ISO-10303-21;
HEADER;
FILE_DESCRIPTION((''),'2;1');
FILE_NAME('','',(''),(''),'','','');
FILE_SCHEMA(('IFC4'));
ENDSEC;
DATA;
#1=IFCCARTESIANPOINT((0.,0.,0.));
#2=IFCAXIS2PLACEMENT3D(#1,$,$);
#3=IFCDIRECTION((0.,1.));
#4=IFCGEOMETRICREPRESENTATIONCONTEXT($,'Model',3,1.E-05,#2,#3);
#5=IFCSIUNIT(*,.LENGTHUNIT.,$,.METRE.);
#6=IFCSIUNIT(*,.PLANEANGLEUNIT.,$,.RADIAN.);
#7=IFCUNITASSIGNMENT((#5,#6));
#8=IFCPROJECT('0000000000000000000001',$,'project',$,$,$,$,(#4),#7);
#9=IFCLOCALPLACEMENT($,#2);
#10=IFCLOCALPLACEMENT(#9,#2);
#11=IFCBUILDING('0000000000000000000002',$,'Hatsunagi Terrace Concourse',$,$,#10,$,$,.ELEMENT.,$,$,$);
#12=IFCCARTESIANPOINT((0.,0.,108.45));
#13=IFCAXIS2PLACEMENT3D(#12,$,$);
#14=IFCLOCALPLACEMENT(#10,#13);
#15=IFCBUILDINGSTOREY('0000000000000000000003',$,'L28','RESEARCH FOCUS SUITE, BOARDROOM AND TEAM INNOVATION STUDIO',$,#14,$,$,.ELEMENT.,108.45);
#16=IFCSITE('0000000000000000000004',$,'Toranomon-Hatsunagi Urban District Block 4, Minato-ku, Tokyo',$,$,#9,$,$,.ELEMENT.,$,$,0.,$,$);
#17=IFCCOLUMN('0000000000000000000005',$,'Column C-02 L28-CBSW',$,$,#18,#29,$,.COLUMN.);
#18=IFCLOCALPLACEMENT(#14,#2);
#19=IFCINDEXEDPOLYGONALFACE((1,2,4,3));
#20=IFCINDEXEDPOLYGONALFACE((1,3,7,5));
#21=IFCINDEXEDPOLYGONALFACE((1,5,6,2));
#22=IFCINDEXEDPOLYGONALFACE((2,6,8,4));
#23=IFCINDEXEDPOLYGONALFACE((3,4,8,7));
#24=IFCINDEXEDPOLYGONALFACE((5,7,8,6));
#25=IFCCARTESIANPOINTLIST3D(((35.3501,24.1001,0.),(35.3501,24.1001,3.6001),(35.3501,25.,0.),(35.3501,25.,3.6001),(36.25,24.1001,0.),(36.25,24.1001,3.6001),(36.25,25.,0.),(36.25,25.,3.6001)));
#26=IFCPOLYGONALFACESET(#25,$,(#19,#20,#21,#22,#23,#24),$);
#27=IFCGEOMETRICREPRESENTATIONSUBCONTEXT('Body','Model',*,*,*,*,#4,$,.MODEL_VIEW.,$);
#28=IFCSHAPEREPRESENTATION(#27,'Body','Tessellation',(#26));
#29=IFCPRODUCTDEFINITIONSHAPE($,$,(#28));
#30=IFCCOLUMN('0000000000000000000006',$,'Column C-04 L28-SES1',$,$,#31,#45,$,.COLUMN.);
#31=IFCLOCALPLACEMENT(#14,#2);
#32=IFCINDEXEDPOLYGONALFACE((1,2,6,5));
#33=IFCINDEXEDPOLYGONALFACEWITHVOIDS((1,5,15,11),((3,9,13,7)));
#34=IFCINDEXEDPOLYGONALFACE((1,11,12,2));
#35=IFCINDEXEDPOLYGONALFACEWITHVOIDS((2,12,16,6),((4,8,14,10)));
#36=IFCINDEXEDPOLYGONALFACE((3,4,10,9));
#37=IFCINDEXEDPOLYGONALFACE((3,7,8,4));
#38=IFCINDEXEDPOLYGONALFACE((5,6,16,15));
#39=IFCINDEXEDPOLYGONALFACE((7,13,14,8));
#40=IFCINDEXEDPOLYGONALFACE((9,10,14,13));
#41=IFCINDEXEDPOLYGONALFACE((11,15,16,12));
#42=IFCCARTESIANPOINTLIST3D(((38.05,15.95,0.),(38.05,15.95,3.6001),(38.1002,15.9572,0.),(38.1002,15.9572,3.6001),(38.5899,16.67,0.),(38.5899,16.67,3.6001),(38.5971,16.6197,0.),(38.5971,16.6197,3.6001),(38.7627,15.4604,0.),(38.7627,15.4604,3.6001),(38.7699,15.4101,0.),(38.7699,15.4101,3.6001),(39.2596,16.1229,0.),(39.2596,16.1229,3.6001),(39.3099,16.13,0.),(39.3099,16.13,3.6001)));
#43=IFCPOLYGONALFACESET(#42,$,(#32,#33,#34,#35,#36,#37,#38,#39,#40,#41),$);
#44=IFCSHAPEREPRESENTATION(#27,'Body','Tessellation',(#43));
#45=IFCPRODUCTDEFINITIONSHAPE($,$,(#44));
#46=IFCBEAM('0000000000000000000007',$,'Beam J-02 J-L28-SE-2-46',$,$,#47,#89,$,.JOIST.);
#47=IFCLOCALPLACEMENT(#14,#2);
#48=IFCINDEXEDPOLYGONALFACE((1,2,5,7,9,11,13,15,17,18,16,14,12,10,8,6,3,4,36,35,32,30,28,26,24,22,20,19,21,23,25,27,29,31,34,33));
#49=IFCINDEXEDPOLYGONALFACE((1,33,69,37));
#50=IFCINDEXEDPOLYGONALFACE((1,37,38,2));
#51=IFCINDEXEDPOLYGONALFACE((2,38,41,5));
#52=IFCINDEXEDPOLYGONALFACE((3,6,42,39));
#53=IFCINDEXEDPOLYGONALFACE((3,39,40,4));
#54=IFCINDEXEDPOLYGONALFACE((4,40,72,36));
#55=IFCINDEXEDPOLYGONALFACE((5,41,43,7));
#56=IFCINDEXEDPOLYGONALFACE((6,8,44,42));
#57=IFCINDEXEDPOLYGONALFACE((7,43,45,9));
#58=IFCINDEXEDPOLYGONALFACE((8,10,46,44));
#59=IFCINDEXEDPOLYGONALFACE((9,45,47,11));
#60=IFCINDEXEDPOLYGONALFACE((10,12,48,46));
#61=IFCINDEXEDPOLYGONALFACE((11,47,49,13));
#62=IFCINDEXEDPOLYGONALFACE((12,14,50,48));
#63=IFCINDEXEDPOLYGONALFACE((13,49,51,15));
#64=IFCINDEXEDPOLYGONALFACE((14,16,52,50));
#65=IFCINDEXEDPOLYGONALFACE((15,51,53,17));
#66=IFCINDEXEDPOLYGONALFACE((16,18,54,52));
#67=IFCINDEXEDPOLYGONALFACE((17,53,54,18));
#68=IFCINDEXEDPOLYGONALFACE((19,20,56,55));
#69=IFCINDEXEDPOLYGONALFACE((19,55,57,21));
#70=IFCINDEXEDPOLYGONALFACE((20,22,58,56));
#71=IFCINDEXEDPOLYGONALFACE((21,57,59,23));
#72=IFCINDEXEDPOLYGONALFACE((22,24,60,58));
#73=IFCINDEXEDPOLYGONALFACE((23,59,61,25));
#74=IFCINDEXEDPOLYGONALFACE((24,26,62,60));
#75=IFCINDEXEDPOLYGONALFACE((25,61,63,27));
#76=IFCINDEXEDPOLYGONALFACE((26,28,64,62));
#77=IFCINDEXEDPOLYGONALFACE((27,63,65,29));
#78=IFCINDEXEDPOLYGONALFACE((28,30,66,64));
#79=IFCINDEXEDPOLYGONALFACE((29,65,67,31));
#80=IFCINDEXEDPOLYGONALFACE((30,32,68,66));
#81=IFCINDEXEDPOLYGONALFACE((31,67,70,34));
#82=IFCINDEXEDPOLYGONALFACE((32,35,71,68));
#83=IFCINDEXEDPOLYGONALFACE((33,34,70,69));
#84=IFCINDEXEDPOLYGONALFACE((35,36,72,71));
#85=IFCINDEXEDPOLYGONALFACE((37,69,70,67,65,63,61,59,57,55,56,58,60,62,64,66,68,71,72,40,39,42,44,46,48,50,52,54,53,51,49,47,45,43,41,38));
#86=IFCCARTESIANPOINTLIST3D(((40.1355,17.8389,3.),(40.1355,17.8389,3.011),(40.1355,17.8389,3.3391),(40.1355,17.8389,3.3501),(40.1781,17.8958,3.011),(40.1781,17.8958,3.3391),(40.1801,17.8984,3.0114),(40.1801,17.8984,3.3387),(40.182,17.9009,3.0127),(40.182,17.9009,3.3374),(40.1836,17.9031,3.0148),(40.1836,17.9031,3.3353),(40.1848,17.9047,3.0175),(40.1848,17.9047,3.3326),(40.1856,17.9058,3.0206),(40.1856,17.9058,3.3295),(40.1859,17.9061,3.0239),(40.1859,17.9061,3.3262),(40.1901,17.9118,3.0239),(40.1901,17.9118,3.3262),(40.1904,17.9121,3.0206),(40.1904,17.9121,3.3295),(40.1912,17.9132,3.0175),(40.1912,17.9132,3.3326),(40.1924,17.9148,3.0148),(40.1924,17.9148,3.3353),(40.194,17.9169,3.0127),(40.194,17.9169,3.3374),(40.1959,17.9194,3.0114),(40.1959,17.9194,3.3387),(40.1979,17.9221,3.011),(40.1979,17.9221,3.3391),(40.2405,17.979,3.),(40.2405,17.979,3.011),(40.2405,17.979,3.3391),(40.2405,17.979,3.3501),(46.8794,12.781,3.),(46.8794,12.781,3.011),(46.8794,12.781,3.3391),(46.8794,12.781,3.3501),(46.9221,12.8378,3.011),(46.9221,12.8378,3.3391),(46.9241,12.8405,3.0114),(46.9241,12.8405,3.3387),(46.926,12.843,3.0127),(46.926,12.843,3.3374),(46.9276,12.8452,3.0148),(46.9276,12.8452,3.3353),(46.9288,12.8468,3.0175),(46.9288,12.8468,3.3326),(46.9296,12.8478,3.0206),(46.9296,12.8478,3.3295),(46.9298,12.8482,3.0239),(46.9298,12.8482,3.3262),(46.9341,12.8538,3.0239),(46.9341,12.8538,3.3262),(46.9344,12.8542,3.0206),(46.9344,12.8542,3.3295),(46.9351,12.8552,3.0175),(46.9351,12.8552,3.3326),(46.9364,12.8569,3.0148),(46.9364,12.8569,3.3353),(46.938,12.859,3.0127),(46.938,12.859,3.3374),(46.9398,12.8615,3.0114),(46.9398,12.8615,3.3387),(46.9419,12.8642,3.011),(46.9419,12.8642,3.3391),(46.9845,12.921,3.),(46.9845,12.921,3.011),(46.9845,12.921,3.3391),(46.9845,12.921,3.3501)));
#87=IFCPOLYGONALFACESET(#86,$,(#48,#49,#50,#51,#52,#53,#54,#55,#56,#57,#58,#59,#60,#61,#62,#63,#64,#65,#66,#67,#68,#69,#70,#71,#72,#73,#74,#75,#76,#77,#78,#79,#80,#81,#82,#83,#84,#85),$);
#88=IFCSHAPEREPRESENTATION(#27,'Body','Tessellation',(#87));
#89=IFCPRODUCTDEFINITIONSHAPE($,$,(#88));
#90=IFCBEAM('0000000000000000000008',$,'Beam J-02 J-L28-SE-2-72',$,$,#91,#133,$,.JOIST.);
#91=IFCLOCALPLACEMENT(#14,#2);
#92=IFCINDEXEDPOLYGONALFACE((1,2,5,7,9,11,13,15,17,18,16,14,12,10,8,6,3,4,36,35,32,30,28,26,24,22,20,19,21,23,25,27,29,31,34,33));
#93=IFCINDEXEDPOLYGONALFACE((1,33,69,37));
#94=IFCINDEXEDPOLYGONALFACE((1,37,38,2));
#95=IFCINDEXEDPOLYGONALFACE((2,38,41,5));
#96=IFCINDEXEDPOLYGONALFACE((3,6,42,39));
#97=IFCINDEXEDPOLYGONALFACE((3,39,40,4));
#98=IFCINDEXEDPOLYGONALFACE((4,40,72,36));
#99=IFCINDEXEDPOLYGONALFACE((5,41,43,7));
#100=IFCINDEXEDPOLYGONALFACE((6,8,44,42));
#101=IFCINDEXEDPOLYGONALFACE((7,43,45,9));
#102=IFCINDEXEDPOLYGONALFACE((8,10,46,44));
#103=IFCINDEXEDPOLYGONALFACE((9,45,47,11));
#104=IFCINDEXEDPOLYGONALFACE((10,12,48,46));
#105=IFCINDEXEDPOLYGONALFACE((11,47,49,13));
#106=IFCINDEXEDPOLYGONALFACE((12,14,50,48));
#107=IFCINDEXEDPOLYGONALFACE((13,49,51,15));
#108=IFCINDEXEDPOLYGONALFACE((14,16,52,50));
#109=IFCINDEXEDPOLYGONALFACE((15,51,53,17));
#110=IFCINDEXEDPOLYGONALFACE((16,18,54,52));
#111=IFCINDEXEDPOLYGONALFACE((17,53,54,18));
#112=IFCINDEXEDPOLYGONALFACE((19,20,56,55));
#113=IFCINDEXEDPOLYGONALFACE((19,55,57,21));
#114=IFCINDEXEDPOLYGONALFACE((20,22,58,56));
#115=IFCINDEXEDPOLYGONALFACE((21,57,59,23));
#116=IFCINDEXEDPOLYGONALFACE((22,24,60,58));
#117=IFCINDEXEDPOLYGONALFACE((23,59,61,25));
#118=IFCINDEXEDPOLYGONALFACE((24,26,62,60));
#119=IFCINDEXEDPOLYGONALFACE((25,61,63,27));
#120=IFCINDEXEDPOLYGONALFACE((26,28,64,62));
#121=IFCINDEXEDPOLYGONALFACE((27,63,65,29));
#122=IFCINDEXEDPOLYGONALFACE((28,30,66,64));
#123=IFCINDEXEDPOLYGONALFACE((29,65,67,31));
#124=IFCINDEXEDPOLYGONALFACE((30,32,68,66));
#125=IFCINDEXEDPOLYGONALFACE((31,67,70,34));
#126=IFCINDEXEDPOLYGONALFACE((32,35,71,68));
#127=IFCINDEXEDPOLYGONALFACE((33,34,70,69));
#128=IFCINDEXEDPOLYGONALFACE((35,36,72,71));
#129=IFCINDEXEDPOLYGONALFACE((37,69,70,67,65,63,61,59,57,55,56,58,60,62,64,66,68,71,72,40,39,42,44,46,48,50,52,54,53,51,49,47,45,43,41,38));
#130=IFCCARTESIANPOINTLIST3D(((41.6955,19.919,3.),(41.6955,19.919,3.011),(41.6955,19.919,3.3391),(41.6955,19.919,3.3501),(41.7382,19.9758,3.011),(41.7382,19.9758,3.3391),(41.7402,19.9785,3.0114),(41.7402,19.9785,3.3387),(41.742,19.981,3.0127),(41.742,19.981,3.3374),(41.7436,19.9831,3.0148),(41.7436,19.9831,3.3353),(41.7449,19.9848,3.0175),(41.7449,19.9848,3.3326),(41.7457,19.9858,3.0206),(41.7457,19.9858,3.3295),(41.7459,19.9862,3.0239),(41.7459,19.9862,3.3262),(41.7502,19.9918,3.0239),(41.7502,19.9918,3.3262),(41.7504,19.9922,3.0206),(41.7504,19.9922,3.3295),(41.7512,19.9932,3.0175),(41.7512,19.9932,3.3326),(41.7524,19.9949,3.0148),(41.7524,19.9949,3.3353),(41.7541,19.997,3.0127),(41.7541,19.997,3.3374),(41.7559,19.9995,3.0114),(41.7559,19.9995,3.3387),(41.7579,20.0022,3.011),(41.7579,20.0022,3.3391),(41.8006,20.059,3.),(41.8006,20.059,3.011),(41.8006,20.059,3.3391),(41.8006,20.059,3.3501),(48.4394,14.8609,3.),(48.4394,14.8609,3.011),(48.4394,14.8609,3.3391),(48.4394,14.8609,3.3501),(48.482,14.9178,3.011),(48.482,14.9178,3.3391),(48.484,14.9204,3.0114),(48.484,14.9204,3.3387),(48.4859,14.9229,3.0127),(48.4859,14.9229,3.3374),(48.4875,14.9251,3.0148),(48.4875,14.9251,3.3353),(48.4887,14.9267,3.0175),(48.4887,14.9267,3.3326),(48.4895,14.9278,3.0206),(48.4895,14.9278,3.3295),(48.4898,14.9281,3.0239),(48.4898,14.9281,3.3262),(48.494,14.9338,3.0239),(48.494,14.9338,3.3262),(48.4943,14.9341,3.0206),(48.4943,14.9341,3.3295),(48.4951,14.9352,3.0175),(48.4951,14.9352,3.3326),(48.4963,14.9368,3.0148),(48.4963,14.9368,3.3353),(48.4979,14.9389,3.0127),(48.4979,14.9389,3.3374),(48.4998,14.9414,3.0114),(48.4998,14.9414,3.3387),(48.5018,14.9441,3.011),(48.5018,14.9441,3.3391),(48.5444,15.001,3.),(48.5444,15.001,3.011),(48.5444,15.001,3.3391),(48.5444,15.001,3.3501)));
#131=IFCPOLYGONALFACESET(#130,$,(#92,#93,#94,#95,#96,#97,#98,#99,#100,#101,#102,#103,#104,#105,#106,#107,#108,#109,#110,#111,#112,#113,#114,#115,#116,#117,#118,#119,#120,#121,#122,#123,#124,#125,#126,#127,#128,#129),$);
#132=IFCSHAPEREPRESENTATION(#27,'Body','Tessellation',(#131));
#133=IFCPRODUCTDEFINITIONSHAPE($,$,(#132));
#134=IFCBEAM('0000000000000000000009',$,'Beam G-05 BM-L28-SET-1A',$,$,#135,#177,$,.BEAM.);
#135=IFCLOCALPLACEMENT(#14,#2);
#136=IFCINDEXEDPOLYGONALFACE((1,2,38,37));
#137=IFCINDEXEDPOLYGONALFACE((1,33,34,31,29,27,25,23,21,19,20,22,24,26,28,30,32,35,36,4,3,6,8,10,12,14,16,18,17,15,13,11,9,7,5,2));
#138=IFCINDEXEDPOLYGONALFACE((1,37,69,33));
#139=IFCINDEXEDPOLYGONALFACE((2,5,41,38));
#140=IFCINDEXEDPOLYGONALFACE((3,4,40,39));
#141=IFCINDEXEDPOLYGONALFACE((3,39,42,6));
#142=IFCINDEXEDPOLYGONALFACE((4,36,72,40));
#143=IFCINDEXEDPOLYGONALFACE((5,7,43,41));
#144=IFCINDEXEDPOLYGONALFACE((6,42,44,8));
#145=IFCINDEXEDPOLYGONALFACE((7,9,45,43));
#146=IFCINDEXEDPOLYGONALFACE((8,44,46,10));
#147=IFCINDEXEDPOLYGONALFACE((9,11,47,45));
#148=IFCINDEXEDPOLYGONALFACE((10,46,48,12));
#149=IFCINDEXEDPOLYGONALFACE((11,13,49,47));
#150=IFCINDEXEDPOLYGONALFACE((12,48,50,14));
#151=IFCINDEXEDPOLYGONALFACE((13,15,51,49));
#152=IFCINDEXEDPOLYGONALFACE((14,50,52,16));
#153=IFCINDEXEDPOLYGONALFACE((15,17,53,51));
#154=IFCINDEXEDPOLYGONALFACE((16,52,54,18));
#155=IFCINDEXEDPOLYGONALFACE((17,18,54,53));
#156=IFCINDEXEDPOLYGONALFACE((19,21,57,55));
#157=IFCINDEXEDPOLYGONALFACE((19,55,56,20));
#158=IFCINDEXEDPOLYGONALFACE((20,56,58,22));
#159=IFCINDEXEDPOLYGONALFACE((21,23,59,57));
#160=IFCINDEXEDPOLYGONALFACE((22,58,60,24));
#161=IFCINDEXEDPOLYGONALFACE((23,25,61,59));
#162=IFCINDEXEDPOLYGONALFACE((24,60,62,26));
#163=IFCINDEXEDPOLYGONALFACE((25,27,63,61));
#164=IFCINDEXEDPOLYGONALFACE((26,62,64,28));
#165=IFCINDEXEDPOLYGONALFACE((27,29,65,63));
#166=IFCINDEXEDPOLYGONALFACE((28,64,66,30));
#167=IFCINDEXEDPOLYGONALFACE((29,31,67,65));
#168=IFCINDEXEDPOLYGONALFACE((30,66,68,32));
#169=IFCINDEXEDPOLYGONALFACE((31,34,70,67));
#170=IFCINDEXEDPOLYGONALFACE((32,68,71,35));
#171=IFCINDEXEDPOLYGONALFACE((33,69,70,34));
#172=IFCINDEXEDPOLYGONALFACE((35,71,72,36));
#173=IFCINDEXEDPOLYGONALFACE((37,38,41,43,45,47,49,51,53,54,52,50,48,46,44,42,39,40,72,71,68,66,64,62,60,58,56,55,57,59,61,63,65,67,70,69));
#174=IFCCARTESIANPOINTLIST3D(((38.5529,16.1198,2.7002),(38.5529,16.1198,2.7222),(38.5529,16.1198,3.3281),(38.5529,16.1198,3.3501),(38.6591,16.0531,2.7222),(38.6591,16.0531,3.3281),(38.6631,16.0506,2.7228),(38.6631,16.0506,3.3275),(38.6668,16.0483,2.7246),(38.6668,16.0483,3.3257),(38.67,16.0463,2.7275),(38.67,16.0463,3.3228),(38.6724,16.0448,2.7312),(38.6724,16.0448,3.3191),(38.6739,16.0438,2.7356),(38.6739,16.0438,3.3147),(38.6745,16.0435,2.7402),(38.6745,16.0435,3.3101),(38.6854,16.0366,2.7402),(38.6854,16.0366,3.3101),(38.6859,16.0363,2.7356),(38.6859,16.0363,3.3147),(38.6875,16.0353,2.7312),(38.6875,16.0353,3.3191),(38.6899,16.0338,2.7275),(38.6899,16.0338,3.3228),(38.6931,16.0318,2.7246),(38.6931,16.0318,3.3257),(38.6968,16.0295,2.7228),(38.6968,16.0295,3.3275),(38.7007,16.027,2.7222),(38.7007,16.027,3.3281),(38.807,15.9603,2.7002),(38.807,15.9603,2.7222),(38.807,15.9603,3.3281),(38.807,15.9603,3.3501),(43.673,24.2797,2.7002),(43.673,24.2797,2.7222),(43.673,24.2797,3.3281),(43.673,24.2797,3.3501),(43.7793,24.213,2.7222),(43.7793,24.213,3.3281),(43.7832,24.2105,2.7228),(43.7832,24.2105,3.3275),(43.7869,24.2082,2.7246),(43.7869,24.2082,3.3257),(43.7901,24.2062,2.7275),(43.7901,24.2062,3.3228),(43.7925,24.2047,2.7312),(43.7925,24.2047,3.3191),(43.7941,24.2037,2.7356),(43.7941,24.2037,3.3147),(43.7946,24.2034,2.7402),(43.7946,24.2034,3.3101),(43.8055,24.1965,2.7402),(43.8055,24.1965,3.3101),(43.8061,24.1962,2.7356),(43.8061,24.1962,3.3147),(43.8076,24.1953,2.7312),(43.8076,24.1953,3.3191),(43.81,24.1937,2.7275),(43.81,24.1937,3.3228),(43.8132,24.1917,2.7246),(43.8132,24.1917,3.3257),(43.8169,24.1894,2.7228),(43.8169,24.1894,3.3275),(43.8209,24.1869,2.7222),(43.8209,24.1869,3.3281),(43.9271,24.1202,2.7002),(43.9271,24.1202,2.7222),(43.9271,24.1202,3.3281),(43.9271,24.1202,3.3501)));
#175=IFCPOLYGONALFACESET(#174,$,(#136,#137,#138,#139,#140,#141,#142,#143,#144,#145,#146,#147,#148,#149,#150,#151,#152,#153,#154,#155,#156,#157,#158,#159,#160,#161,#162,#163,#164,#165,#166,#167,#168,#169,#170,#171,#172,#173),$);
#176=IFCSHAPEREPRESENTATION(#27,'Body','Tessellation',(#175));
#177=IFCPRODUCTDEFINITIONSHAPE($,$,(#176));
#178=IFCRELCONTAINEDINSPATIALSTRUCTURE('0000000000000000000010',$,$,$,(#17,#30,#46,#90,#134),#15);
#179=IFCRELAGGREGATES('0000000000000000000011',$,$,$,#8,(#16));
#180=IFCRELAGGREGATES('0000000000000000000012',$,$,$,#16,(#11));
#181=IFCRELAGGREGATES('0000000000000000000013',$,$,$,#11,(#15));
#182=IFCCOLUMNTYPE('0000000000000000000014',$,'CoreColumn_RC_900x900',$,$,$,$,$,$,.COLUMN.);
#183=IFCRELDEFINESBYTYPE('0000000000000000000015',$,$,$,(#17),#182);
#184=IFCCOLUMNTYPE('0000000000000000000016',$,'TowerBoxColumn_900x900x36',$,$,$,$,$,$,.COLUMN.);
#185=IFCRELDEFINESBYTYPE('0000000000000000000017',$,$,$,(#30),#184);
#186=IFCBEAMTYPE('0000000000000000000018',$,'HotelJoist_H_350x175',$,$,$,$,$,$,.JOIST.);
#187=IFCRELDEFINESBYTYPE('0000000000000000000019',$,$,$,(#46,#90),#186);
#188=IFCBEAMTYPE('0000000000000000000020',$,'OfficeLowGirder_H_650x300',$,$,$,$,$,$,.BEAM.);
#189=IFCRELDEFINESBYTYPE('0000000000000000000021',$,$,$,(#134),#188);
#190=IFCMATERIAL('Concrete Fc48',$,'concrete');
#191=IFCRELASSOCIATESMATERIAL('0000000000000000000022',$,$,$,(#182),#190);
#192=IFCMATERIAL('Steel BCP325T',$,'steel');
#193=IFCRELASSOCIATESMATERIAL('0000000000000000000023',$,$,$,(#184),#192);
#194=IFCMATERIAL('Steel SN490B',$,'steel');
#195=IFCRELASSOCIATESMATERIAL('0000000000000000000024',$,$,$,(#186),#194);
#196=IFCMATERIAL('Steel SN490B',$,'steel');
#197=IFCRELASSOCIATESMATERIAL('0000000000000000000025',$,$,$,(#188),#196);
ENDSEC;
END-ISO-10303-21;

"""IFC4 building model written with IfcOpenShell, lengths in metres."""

from ifc_helpers import new_model, si_unit, direction, frame, origin, origin_2d, place, context, subcontext, project, spatial, rectangle, hollow_rectangle, i_section, extrude, material, material_profile, profile_set, type_object, element, save


model = new_model("IFC4")

# Units and contexts
model_context = context("Model", 3, precision=1e-05, world=origin(), true_north=direction((0.0, 1.0)))
body_context = subcontext(model_context, "Body", "Model", "MODEL_VIEW")
ifc_project = project(units=[si_unit("LENGTHUNIT", "METRE"), si_unit("PLANEANGLEUNIT", "RADIAN")], contexts=[model_context])

# Site, building, storey
site_placement = place(None, origin())
site = spatial("IfcSite", under=ifc_project, at=site_placement, Name="Toranomon-Hatsunagi Urban District Block 4, Minato-ku, Tokyo", CompositionType="ELEMENT", RefElevation=0.0)
building_placement = place(site_placement, origin())
building = spatial("IfcBuilding", under=site, at=building_placement, Name="Hatsunagi Terrace Concourse", CompositionType="ELEMENT")
storey_placement = place(building_placement, frame((0.0, 0.0, 108.45)))
storey = spatial("IfcBuildingStorey", under=building, at=storey_placement, Name="L28", Description="RESEARCH FOCUS SUITE, BOARDROOM AND TEAM INNOVATION STUDIO", CompositionType="ELEMENT", Elevation=108.45)

# Columns
ifc_material_1 = material(Name="Concrete Fc48", Category="concrete")
ifc_material_profile_1 = material_profile(ifc_material_1, rectangle(XDim=0.8999, YDim=0.8999, at=origin_2d()), Name="RC-900x900")
ifc_profile_set_1 = profile_set([ifc_material_profile_1], Name="Concrete Fc48")
column_type_1 = type_object("IfcColumnType", Name="CoreColumn_RC_900x900", PredefinedType="COLUMN", material=ifc_profile_set_1)
column_1_placement = place(storey_placement, frame((35.8, 24.55, 0.0), z_axis=(0.0, 0.0, 1.0), x_axis=(1.0, 0.0, 0.0)))
element("IfcColumn", 1, at=column_1_placement, inside=storey, type_object=column_type_1, Name="Column C-02 L28-CBSW", PredefinedType="COLUMN", context=body_context, shape_type="SweptSolid", body=[
    extrude(rectangle(XDim=0.8999, YDim=0.8999, at=origin_2d()), origin(), (0.0, 0.0, 1.0), 3.6001),
])
ifc_material_2 = material(Name="Steel BCP325T", Category="steel")
ifc_material_profile_2 = material_profile(ifc_material_2, hollow_rectangle(XDim=0.8999, YDim=0.8999, WallThickness=0.0359, at=origin_2d()), Name="BCP-900x900x36")
ifc_profile_set_2 = profile_set([ifc_material_profile_2], Name="Steel BCP325T")
column_type_2 = type_object("IfcColumnType", Name="TowerBoxColumn_900x900x36", PredefinedType="COLUMN", material=ifc_profile_set_2)
column_2_placement = place(storey_placement, frame((38.6799, 16.04, 0.0), z_axis=(0.0, 0.0, 1.0), x_axis=(0.8, -0.6, 0.0)))
element("IfcColumn", 2, at=column_2_placement, inside=storey, type_object=column_type_2, Name="Column C-04 L28-SES1", PredefinedType="COLUMN", context=body_context, shape_type="SweptSolid", body=[
    extrude(hollow_rectangle(XDim=0.8999, YDim=0.8999, WallThickness=0.0359, at=origin_2d()), origin(), (0.0, 0.0, 1.0), 3.6001),
])

# Beams
ifc_material_3 = material(Name="Steel SN490B", Category="steel")
ifc_material_profile_3 = material_profile(ifc_material_3, i_section(OverallWidth=0.175, OverallDepth=0.3501, WebThickness=0.0071, FlangeThickness=0.011, FilletRadius=0.0129, at=origin_2d()), Name="H-350x175x7x11")
ifc_profile_set_3 = profile_set([ifc_material_profile_3], Name="Steel SN490B")
beam_type_1 = type_object("IfcBeamType", Name="HotelJoist_H_350x175", PredefinedType="JOIST", material=ifc_profile_set_3)
for number, where, z_axis, x_axis, name in (
    (3, (40.188, 17.9089, 3.175), (0.800003, -0.599995, 0.0), (0.599995, 0.800003, 0.0), "Beam J-02 J-L28-SE-2-46"),
    (4, (41.748, 19.989, 3.175), (0.79999, -0.600014, 0.0), (0.600014, 0.79999, 0.0), "Beam J-02 J-L28-SE-2-72"),
):
    element("IfcBeam", number, at=place(storey_placement, frame(where, z_axis=z_axis, x_axis=x_axis)), inside=storey, type_object=beam_type_1, Name=name, PredefinedType="JOIST", context=body_context, shape_type="SweptSolid", body=[
        extrude(i_section(OverallWidth=0.175, OverallDepth=0.3501, WebThickness=0.0071, FlangeThickness=0.011, FilletRadius=0.0129, at=origin_2d()), origin(), (0.0, 0.0, 1.0), 8.4299),
    ])
ifc_material_4 = material(Name="Steel SN490B", Category="steel")
ifc_material_profile_4 = material_profile(ifc_material_4, i_section(OverallWidth=0.3, OverallDepth=0.6499, WebThickness=0.0129, FlangeThickness=0.022, FilletRadius=0.0181, at=origin_2d()), Name="H-650x300x13x22")
ifc_profile_set_4 = profile_set([ifc_material_profile_4], Name="Steel SN490B")
beam_type_2 = type_object("IfcBeamType", Name="OfficeLowGirder_H_650x300", PredefinedType="BEAM", material=ifc_profile_set_4)
beam_1_placement = place(storey_placement, frame((38.6799, 16.04, 3.0251), z_axis=(0.531504, 0.847056, 0.0), x_axis=(-0.847056, 0.531504, 0.0)))
element("IfcBeam", 5, at=beam_1_placement, inside=storey, type_object=beam_type_2, Name="Beam G-05 BM-L28-SET-1A", PredefinedType="BEAM", context=body_context, shape_type="SweptSolid", body=[
    extrude(i_section(OverallWidth=0.3, OverallDepth=0.6499, WebThickness=0.0129, FlangeThickness=0.022, FilletRadius=0.0181, at=origin_2d()), origin(), (0.0, 0.0, 1.0), 9.6333),
])

save(model, "model.ifc")
